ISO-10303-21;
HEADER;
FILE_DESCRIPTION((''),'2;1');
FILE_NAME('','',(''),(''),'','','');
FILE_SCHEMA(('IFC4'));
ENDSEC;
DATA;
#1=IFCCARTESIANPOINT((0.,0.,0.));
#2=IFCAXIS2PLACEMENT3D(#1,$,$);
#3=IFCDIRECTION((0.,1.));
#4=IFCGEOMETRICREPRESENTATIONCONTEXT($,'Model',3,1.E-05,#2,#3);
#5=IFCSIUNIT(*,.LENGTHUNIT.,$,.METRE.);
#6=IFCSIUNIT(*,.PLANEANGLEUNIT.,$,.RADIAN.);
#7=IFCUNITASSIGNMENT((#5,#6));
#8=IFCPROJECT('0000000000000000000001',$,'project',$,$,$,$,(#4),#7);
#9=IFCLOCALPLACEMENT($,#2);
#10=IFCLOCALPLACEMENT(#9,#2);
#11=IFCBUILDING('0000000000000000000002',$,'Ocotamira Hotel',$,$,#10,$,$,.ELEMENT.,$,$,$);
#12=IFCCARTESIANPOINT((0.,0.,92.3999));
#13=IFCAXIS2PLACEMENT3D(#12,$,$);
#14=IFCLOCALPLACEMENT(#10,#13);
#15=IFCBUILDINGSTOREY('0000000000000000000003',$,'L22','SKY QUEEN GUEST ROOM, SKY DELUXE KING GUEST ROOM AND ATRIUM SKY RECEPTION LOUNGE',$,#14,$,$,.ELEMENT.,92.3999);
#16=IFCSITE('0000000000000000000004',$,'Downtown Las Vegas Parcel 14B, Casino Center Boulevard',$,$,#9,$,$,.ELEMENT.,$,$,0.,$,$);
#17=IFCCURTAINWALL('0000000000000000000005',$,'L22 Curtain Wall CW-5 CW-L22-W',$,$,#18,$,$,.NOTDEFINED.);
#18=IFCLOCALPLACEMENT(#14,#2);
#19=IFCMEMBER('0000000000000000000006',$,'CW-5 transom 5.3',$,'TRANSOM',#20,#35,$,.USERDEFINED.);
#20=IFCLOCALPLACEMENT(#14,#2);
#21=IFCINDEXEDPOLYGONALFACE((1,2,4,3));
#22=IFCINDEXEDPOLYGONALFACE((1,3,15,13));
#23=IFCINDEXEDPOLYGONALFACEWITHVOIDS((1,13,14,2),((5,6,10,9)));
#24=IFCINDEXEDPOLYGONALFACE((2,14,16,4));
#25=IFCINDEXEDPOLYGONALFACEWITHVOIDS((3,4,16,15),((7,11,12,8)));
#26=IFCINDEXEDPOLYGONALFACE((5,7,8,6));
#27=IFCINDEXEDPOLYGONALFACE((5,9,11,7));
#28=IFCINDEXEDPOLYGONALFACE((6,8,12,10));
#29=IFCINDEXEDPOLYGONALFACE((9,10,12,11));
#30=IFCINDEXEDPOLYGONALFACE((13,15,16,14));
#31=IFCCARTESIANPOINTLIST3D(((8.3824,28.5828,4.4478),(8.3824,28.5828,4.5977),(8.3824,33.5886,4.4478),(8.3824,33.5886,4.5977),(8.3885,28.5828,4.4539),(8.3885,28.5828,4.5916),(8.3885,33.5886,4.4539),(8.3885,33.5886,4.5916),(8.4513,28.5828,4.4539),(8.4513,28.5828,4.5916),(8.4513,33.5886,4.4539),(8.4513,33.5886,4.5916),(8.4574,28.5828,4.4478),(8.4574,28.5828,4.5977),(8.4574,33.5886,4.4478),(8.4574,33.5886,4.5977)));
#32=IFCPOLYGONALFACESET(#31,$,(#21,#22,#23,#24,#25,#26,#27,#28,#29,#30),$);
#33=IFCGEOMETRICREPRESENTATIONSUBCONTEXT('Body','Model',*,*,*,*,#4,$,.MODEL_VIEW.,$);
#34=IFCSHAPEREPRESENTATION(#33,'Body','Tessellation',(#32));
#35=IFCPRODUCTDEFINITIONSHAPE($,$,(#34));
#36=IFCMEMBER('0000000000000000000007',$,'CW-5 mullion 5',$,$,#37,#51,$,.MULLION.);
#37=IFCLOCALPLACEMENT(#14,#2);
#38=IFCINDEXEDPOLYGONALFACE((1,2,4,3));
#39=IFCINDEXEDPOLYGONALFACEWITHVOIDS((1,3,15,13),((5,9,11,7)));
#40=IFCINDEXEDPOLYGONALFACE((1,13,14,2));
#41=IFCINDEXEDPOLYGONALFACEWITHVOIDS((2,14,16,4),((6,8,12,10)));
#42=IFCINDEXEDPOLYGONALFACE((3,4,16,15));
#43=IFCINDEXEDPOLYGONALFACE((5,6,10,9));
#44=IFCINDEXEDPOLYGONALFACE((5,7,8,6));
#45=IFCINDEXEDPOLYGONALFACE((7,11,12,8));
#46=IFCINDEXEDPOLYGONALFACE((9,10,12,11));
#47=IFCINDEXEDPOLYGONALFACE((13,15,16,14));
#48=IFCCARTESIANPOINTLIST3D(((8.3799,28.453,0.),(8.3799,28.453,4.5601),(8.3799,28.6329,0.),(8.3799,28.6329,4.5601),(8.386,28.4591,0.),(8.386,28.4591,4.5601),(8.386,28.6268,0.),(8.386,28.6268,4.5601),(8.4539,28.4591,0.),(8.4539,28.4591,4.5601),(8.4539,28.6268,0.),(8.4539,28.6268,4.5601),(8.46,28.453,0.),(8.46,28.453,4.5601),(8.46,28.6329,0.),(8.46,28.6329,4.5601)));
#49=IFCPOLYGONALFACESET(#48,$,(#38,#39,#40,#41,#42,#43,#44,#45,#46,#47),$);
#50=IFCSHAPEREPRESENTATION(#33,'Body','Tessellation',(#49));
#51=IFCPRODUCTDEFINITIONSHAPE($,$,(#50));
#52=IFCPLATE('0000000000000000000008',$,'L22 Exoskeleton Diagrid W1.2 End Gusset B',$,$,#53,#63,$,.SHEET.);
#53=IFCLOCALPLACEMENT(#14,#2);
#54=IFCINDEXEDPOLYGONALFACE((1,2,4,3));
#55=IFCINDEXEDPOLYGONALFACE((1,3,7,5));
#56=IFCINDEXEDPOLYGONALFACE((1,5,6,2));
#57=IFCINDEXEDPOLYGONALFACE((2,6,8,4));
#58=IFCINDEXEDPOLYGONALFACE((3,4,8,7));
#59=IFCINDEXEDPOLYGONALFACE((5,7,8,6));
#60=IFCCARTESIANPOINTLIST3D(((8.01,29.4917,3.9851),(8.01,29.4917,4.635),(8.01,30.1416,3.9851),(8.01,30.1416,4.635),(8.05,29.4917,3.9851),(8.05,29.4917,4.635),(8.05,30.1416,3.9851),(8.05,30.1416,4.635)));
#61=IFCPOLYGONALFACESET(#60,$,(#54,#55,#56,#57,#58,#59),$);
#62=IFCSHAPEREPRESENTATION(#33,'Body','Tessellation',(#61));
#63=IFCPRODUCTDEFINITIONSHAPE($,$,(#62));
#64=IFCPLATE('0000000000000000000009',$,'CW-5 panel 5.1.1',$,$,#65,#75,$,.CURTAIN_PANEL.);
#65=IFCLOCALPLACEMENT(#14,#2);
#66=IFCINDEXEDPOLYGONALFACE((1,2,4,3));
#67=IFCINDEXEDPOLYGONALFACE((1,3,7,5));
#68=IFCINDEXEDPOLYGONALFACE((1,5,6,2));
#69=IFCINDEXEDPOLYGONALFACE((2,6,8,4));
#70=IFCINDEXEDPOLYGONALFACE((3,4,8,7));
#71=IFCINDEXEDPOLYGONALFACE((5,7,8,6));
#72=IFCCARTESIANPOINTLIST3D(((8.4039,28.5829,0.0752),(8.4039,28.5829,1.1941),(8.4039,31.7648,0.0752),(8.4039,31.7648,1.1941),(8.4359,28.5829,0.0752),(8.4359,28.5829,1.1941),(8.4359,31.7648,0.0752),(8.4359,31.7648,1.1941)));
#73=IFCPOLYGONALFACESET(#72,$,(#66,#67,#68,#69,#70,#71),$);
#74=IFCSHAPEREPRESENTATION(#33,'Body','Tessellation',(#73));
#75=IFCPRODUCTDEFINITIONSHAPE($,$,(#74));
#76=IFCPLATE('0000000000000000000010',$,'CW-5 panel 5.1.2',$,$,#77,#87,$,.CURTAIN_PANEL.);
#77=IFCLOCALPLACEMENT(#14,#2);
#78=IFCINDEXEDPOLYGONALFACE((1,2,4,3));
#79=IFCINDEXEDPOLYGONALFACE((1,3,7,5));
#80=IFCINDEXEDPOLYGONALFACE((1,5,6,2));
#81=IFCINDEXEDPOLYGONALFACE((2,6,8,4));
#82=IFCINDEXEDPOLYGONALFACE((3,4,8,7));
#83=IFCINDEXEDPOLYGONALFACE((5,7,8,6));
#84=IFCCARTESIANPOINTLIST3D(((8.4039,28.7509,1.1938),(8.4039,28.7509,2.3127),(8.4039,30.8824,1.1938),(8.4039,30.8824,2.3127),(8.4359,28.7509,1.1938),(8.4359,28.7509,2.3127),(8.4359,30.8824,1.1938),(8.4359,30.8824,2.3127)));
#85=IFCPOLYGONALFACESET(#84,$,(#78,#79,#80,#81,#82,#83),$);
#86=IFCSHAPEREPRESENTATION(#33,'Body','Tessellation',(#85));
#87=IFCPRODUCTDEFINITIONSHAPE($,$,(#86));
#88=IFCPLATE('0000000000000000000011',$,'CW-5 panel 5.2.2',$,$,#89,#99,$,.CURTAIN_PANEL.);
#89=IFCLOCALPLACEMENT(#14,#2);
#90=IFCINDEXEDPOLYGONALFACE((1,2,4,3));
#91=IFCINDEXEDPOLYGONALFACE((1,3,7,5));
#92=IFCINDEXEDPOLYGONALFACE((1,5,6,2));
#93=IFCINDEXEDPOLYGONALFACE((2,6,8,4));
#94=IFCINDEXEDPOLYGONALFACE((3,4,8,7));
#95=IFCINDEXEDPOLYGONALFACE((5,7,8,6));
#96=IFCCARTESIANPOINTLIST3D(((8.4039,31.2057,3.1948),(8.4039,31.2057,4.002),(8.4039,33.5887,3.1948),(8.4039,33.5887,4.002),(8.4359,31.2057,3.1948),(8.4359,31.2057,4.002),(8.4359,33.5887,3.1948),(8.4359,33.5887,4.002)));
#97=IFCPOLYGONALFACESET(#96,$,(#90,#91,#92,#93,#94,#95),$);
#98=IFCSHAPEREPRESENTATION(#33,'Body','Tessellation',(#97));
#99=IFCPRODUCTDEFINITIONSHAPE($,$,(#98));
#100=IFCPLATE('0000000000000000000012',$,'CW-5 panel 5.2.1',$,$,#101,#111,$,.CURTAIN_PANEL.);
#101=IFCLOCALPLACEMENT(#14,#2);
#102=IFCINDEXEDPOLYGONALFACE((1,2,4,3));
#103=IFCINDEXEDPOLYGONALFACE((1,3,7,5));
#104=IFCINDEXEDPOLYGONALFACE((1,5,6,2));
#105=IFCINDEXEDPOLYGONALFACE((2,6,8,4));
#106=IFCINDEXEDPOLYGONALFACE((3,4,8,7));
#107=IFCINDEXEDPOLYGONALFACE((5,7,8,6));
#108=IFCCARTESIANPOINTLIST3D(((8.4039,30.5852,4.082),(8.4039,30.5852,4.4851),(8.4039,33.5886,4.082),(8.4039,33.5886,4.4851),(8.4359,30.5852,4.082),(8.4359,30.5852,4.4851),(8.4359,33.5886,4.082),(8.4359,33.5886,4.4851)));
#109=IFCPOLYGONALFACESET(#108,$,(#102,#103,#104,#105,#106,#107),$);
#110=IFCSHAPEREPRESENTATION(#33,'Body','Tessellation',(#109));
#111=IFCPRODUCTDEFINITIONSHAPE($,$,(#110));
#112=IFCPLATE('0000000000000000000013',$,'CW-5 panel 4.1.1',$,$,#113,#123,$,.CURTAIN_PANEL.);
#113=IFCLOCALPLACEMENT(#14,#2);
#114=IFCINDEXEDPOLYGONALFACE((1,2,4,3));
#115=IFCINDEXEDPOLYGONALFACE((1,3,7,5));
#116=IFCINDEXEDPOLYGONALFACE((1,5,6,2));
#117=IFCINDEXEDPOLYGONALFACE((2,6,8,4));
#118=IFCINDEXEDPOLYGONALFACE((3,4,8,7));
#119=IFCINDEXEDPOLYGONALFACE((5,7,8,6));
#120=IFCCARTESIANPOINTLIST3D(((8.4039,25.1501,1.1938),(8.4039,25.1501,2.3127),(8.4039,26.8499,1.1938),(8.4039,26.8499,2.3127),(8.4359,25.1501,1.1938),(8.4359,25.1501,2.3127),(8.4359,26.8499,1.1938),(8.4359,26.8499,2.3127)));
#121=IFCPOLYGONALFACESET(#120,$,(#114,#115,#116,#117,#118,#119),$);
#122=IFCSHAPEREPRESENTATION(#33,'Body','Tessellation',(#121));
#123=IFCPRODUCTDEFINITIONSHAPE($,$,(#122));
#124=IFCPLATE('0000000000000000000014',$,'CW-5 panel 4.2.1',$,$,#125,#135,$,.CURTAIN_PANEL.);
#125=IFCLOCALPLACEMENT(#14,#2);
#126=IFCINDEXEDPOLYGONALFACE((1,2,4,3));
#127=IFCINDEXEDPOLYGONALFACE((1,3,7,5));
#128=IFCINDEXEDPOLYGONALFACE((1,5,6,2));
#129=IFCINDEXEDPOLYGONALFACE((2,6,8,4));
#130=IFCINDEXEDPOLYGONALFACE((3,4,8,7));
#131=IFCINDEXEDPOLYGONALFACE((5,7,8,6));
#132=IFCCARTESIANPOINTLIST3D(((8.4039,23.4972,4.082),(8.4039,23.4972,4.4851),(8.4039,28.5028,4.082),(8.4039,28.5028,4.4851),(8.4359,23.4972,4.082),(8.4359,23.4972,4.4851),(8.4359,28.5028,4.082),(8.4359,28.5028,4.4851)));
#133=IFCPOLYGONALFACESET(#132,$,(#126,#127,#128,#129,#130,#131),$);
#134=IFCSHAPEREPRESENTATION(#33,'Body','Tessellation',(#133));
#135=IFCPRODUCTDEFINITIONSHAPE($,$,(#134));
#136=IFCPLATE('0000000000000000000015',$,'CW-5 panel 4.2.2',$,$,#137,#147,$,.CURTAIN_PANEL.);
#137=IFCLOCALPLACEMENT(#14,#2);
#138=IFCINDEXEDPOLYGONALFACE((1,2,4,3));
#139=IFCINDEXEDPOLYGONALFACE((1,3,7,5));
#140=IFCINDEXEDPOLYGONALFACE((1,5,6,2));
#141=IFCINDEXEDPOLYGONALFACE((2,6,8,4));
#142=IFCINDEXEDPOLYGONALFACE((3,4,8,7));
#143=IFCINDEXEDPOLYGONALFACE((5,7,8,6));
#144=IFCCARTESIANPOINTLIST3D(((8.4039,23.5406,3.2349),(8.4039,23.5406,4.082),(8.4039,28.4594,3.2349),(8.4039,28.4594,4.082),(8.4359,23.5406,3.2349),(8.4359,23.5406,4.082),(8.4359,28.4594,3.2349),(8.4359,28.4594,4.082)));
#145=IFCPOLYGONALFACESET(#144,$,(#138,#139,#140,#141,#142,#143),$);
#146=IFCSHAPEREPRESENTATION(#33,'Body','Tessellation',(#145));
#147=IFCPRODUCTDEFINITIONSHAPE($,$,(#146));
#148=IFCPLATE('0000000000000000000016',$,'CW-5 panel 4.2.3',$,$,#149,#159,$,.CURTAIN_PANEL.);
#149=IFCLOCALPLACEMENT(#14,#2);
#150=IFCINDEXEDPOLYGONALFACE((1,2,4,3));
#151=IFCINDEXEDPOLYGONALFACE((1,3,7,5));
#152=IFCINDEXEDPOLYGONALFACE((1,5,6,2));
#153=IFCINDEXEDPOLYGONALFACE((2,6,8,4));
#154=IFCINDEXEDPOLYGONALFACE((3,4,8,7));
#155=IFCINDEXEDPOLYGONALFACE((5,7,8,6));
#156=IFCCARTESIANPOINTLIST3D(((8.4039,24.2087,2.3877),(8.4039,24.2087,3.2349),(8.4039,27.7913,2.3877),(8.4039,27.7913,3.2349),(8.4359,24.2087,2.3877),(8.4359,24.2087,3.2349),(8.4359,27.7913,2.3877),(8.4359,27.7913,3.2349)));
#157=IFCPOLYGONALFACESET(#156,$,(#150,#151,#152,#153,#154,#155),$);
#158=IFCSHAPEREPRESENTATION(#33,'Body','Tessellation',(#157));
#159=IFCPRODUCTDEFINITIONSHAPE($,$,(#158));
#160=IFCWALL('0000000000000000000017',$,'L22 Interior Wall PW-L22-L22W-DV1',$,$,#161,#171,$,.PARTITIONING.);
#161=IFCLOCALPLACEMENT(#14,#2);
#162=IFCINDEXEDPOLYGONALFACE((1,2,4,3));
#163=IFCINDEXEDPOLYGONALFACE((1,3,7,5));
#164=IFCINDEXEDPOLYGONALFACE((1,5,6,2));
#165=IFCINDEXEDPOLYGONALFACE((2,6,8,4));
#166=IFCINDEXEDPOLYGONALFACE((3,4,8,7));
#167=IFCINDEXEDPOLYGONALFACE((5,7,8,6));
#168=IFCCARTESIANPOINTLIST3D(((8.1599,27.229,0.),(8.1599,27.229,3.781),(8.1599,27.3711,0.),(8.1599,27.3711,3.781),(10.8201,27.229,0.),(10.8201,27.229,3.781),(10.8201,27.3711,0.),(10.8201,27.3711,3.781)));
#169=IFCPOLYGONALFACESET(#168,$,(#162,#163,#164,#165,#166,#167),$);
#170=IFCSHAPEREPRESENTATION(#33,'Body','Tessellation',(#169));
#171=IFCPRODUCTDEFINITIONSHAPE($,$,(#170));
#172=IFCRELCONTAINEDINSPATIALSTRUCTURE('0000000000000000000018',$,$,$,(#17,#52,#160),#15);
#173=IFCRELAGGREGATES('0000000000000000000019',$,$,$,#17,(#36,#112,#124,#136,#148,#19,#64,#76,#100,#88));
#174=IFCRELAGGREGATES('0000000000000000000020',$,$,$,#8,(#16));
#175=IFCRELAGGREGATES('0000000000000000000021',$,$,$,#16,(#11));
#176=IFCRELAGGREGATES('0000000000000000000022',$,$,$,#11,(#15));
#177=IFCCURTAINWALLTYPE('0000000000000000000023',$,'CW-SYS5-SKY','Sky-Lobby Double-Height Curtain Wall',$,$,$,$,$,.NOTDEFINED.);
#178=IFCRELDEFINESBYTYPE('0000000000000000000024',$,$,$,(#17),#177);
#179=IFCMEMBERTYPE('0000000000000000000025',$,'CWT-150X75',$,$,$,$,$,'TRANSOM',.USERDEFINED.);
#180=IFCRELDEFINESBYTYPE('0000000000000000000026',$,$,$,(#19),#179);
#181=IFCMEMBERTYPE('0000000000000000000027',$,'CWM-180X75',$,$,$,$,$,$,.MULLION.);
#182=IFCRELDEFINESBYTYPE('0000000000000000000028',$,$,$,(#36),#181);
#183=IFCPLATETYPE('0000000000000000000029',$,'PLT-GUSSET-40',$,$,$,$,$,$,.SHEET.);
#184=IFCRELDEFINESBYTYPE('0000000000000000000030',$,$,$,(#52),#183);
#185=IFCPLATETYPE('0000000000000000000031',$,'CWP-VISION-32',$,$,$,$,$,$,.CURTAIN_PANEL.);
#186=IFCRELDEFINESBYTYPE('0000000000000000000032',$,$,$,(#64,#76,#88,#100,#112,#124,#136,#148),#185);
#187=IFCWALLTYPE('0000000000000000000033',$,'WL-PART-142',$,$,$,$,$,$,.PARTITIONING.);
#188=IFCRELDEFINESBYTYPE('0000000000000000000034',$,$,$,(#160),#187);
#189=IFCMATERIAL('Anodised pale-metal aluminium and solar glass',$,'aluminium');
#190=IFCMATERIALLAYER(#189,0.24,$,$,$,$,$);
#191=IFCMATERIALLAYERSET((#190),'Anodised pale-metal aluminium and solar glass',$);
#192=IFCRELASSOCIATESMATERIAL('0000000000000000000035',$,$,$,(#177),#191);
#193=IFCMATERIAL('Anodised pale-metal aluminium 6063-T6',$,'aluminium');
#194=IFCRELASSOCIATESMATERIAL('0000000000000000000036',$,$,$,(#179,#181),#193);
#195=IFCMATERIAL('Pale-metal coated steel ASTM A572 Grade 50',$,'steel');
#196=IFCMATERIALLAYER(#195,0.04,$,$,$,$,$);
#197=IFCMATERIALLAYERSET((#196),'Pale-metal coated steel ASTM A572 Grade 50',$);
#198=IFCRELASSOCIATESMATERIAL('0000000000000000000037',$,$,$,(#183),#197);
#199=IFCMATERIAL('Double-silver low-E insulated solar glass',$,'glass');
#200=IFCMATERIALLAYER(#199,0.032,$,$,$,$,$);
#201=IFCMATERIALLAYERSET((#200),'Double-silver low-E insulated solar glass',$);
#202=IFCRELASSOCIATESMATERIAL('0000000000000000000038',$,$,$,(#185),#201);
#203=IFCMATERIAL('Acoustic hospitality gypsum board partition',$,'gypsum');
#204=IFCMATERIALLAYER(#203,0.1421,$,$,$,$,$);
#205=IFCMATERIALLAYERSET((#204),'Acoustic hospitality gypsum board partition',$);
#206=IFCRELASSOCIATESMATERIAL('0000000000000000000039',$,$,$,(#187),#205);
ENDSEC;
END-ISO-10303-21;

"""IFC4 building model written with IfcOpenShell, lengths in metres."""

from ifc_helpers import new_model, si_unit, direction, frame, frame_2d, origin, origin_2d, place, context, subcontext, project, spatial, rectangle, hollow_rectangle, extrude, source, transform, mapped, material, layer, layer_set, material_profile, profile_set, type_object, element, aggregate, save


model = new_model("IFC4")

# Units and contexts
model_context = context("Model", 3, precision=1e-05, world=origin(), true_north=direction((0.0, 1.0)))
body_context = subcontext(model_context, "Body", "Model", "MODEL_VIEW")
ifc_project = project(units=[si_unit("LENGTHUNIT", "METRE"), si_unit("PLANEANGLEUNIT", "RADIAN")], contexts=[model_context])

# Site, building, storey
site_placement = place(None, origin())
site = spatial("IfcSite", under=ifc_project, at=site_placement, Name="Downtown Las Vegas Parcel 14B, Casino Center Boulevard", CompositionType="ELEMENT", RefElevation=0.0)
building_placement = place(site_placement, origin())
building = spatial("IfcBuilding", under=site, at=building_placement, Name="Ocotamira Hotel", CompositionType="ELEMENT")
storey_placement = place(building_placement, frame((0.0, 0.0, 92.3999)))
storey = spatial("IfcBuildingStorey", under=building, at=storey_placement, Name="L22", Description="SKY QUEEN GUEST ROOM, SKY DELUXE KING GUEST ROOM AND ATRIUM SKY RECEPTION LOUNGE", CompositionType="ELEMENT", Elevation=92.3999)

# Curtain wall, members
ifc_material_1 = material(Name="Anodised pale-metal aluminium and solar glass", Category="aluminium")
ifc_layer_1 = layer(ifc_material_1, 0.24)
ifc_layer_set_1 = layer_set([ifc_layer_1], Name="Anodised pale-metal aluminium and solar glass")
curtain_wall_type = type_object("IfcCurtainWallType", Name="CW-SYS5-SKY", Description="Sky-Lobby Double-Height Curtain Wall", PredefinedType="NOTDEFINED", material=ifc_layer_set_1)
curtain_wall_placement = place(storey_placement, origin())
curtain_wall = element("IfcCurtainWall", 1, at=curtain_wall_placement, inside=storey, type_object=curtain_wall_type, Name="L22 Curtain Wall CW-5 CW-L22-W", PredefinedType="NOTDEFINED")
ifc_material_2 = material(Name="Anodised pale-metal aluminium 6063-T6", Category="aluminium")
ifc_material_profile_1 = material_profile(ifc_material_2, hollow_rectangle(XDim=0.075, YDim=0.1499, WallThickness=0.0061, at=origin_2d()), Name="HSS150X75X6")
ifc_profile_set_1 = profile_set([ifc_material_profile_1], Name="Anodised pale-metal aluminium 6063-T6")
member_type_1 = type_object("IfcMemberType", Name="CWT-150X75", ElementType="TRANSOM", PredefinedType="USERDEFINED", material=ifc_profile_set_1)
shared_shape_1 = source(origin(), body_context, "Body", "SweptSolid", [
    extrude(hollow_rectangle(XDim=0.075, YDim=0.1499, WallThickness=0.0061, at=origin_2d()), origin(), (0.0, 0.0, 1.0), 5.0059),
])
member_1_placement = place(storey_placement, frame((8.4199, 28.5828, 4.5227), z_axis=(0.0, 1.0, 0.0), x_axis=(-1.0, 0.0, 0.0)))
member_1 = element("IfcMember", 2, at=member_1_placement, type_object=member_type_1, Name="CW-5 transom 5.3", ObjectType="TRANSOM", PredefinedType="USERDEFINED", context=body_context, shape_type="MappedRepresentation", body=[
    mapped(shared_shape_1, transform((0.0, 0.0, 0.0), scale=1.0)),
])
ifc_material_profile_2 = material_profile(ifc_material_2, hollow_rectangle(XDim=0.0801, YDim=0.1799, WallThickness=0.0061, at=origin_2d()), Name="HSS180X80X6")
ifc_profile_set_2 = profile_set([ifc_material_profile_2], Name="Anodised pale-metal aluminium 6063-T6")
member_type_2 = type_object("IfcMemberType", Name="CWM-180X75", PredefinedType="MULLION", material=ifc_profile_set_2)
shared_shape_2 = source(origin(), body_context, "Body", "SweptSolid", [
    extrude(hollow_rectangle(XDim=0.0801, YDim=0.1799, WallThickness=0.0061, at=origin_2d()), origin(), (0.0, 0.0, 1.0), 4.5601),
])
member_2_placement = place(storey_placement, frame((8.4199, 28.543, 0.0), z_axis=(0.0, 0.0, 1.0), x_axis=(-1.0, 0.0, 0.0)))
member_2 = element("IfcMember", 3, at=member_2_placement, type_object=member_type_2, Name="CW-5 mullion 5", PredefinedType="MULLION", context=body_context, shape_type="MappedRepresentation", body=[
    mapped(shared_shape_2, transform((0.0, 0.0, 0.0), scale=1.0)),
])

# Plates
ifc_material_3 = material(Name="Pale-metal coated steel ASTM A572 Grade 50", Category="steel")
ifc_layer_2 = layer(ifc_material_3, 0.04)
ifc_layer_set_2 = layer_set([ifc_layer_2], Name="Pale-metal coated steel ASTM A572 Grade 50")
plate_type_1 = type_object("IfcPlateType", Name="PLT-GUSSET-40", PredefinedType="SHEET", material=ifc_layer_set_2)
shared_shape_3 = source(origin(), body_context, "Body", "SweptSolid", [
    extrude(rectangle(XDim=0.04, YDim=0.6499, at=origin_2d()), origin(), (0.0, 0.0, 1.0), 0.6499),
])
plate_1_placement = place(storey_placement, frame((8.03, 29.8167, 3.9851), z_axis=(0.0, 0.0, 1.0), x_axis=(1.0, 0.0, 0.0)))
element("IfcPlate", 4, at=plate_1_placement, inside=storey, type_object=plate_type_1, Name="L22 Exoskeleton Diagrid W1.2 End Gusset B", PredefinedType="SHEET", context=body_context, shape_type="MappedRepresentation", body=[
    mapped(shared_shape_3, transform((0.0, 0.0, 0.0), scale=1.0)),
])
ifc_material_4 = material(Name="Double-silver low-E insulated solar glass", Category="glass")
ifc_layer_3 = layer(ifc_material_4, 0.032)
ifc_layer_set_3 = layer_set([ifc_layer_3], Name="Double-silver low-E insulated solar glass")
plate_type_2 = type_object("IfcPlateType", Name="CWP-VISION-32", PredefinedType="CURTAIN_PANEL", material=ifc_layer_set_3)
shared_shape_4 = source(origin(), body_context, "Body", "SweptSolid", [
    extrude(rectangle(XDim=3.1819, YDim=0.032, at=origin_2d()), origin(), (0.0, 0.0, 1.0), 1.1189),
])
plate_2_placement = place(storey_placement, frame((8.4199, 30.1738, 0.0752), z_axis=(0.0, 0.0, 1.0), x_axis=(0.0, 1.0, 0.0)))
plate_2 = element("IfcPlate", 5, at=plate_2_placement, type_object=plate_type_2, Name="CW-5 panel 5.1.1", PredefinedType="CURTAIN_PANEL", context=body_context, shape_type="MappedRepresentation", body=[
    mapped(shared_shape_4, transform((0.0, 0.0, 0.0), scale=1.0)),
])
shared_shape_5 = source(origin(), body_context, "Body", "SweptSolid", [
    extrude(rectangle(XDim=2.1316, YDim=0.032, at=origin_2d()), origin(), (0.0, 0.0, 1.0), 1.1189),
])
plate_3_placement = place(storey_placement, frame((8.4199, 29.8167, 1.1938), z_axis=(0.0, 0.0, 1.0), x_axis=(0.0, 1.0, 0.0)))
plate_3 = element("IfcPlate", 6, at=plate_3_placement, type_object=plate_type_2, Name="CW-5 panel 5.1.2", PredefinedType="CURTAIN_PANEL", context=body_context, shape_type="MappedRepresentation", body=[
    mapped(shared_shape_5, transform((0.0, 0.0, 0.0), scale=1.0)),
])
shared_shape_6 = source(origin(), body_context, "Body", "SweptSolid", [
    extrude(rectangle(XDim=2.3831, YDim=0.032, at=origin_2d()), origin(), (0.0, 0.0, 1.0), 0.8071),
])
plate_4_placement = place(storey_placement, frame((8.4199, 32.3972, 3.1948), z_axis=(0.0, 0.0, 1.0), x_axis=(0.0, 1.0, 0.0)))
plate_4 = element("IfcPlate", 7, at=plate_4_placement, type_object=plate_type_2, Name="CW-5 panel 5.2.2", PredefinedType="CURTAIN_PANEL", context=body_context, shape_type="MappedRepresentation", body=[
    mapped(shared_shape_6, transform((0.0, 0.0, 0.0), scale=1.0)),
])
shared_shape_7 = source(origin(), body_context, "Body", "SweptSolid", [
    extrude(rectangle(XDim=3.0034, YDim=0.032, at=origin_2d()), origin(), (0.0, 0.0, 1.0), 0.4031),
])
plate_5_placement = place(storey_placement, frame((8.4199, 32.0869, 4.082), z_axis=(0.0, 0.0, 1.0), x_axis=(0.0, 1.0, 0.0)))
plate_5 = element("IfcPlate", 8, at=plate_5_placement, type_object=plate_type_2, Name="CW-5 panel 5.2.1", PredefinedType="CURTAIN_PANEL", context=body_context, shape_type="MappedRepresentation", body=[
    mapped(shared_shape_7, transform((0.0, 0.0, 0.0), scale=1.0)),
])
shared_shape_8 = source(origin(), body_context, "Body", "SweptSolid", [
    extrude(rectangle(XDim=1.6997, YDim=0.032, at=origin_2d()), origin(), (0.0, 0.0, 1.0), 1.1189),
])
plate_6_placement = place(storey_placement, frame((8.4199, 26.0, 1.1938), z_axis=(0.0, 0.0, 1.0), x_axis=(0.0, 1.0, 0.0)))
plate_6 = element("IfcPlate", 9, at=plate_6_placement, type_object=plate_type_2, Name="CW-5 panel 4.1.1", PredefinedType="CURTAIN_PANEL", context=body_context, shape_type="MappedRepresentation", body=[
    mapped(shared_shape_8, transform((0.0, 0.0, 0.0), scale=1.0)),
])
shared_shape_9 = source(origin(), body_context, "Body", "SweptSolid", [
    extrude(rectangle(XDim=5.0056, YDim=0.032, at=origin_2d()), origin(), (0.0, 0.0, 1.0), 0.4031),
])
plate_7_placement = place(storey_placement, frame((8.4199, 26.0, 4.082), z_axis=(0.0, 0.0, 1.0), x_axis=(0.0, 1.0, 0.0)))
plate_7 = element("IfcPlate", 10, at=plate_7_placement, type_object=plate_type_2, Name="CW-5 panel 4.2.1", PredefinedType="CURTAIN_PANEL", context=body_context, shape_type="MappedRepresentation", body=[
    mapped(shared_shape_9, transform((0.0, 0.0, 0.0), scale=1.0)),
])
shared_shape_10 = source(origin(), body_context, "Body", "SweptSolid", [
    extrude(rectangle(XDim=4.9187, YDim=0.032, at=origin_2d()), origin(), (0.0, 0.0, 1.0), 0.8472),
])
plate_8_placement = place(storey_placement, frame((8.4199, 26.0, 3.2349), z_axis=(0.0, 0.0, 1.0), x_axis=(0.0, 1.0, 0.0)))
plate_8 = element("IfcPlate", 11, at=plate_8_placement, type_object=plate_type_2, Name="CW-5 panel 4.2.2", PredefinedType="CURTAIN_PANEL", context=body_context, shape_type="MappedRepresentation", body=[
    mapped(shared_shape_10, transform((0.0, 0.0, 0.0), scale=1.0)),
])
shared_shape_11 = source(origin(), body_context, "Body", "SweptSolid", [
    extrude(rectangle(XDim=3.5825, YDim=0.032, at=origin_2d()), origin(), (0.0, 0.0, 1.0), 0.8472),
])
plate_9_placement = place(storey_placement, frame((8.4199, 26.0, 2.3877), z_axis=(0.0, 0.0, 1.0), x_axis=(0.0, 1.0, 0.0)))
plate_9 = element("IfcPlate", 12, at=plate_9_placement, type_object=plate_type_2, Name="CW-5 panel 4.2.3", PredefinedType="CURTAIN_PANEL", context=body_context, shape_type="MappedRepresentation", body=[
    mapped(shared_shape_11, transform((0.0, 0.0, 0.0), scale=1.0)),
])
aggregate(curtain_wall, [member_2, plate_6, plate_7, plate_8, plate_9, member_1, plate_2, plate_3, plate_5, plate_4])

# Wall
ifc_material_5 = material(Name="Acoustic hospitality gypsum board partition", Category="gypsum")
ifc_layer_4 = layer(ifc_material_5, 0.1421)
ifc_layer_set_4 = layer_set([ifc_layer_4], Name="Acoustic hospitality gypsum board partition")
wall_type = type_object("IfcWallType", Name="WL-PART-142", PredefinedType="PARTITIONING", material=ifc_layer_set_4)
wall_placement = place(storey_placement, frame((8.1599, 27.3, 0.0), z_axis=(0.0, 0.0, 1.0), x_axis=(1.0, 0.0, 0.0)))
element("IfcWall", 13, at=wall_placement, inside=storey, type_object=wall_type, Name="L22 Interior Wall PW-L22-L22W-DV1", PredefinedType="PARTITIONING", context=body_context, shape_type="SweptSolid", body=[
    extrude(rectangle(XDim=2.6602, YDim=0.1421, at=frame_2d((1.3301, 0.0))), origin(), (0.0, 0.0, 1.0), 3.781),
])

save(model, "model.ifc")
